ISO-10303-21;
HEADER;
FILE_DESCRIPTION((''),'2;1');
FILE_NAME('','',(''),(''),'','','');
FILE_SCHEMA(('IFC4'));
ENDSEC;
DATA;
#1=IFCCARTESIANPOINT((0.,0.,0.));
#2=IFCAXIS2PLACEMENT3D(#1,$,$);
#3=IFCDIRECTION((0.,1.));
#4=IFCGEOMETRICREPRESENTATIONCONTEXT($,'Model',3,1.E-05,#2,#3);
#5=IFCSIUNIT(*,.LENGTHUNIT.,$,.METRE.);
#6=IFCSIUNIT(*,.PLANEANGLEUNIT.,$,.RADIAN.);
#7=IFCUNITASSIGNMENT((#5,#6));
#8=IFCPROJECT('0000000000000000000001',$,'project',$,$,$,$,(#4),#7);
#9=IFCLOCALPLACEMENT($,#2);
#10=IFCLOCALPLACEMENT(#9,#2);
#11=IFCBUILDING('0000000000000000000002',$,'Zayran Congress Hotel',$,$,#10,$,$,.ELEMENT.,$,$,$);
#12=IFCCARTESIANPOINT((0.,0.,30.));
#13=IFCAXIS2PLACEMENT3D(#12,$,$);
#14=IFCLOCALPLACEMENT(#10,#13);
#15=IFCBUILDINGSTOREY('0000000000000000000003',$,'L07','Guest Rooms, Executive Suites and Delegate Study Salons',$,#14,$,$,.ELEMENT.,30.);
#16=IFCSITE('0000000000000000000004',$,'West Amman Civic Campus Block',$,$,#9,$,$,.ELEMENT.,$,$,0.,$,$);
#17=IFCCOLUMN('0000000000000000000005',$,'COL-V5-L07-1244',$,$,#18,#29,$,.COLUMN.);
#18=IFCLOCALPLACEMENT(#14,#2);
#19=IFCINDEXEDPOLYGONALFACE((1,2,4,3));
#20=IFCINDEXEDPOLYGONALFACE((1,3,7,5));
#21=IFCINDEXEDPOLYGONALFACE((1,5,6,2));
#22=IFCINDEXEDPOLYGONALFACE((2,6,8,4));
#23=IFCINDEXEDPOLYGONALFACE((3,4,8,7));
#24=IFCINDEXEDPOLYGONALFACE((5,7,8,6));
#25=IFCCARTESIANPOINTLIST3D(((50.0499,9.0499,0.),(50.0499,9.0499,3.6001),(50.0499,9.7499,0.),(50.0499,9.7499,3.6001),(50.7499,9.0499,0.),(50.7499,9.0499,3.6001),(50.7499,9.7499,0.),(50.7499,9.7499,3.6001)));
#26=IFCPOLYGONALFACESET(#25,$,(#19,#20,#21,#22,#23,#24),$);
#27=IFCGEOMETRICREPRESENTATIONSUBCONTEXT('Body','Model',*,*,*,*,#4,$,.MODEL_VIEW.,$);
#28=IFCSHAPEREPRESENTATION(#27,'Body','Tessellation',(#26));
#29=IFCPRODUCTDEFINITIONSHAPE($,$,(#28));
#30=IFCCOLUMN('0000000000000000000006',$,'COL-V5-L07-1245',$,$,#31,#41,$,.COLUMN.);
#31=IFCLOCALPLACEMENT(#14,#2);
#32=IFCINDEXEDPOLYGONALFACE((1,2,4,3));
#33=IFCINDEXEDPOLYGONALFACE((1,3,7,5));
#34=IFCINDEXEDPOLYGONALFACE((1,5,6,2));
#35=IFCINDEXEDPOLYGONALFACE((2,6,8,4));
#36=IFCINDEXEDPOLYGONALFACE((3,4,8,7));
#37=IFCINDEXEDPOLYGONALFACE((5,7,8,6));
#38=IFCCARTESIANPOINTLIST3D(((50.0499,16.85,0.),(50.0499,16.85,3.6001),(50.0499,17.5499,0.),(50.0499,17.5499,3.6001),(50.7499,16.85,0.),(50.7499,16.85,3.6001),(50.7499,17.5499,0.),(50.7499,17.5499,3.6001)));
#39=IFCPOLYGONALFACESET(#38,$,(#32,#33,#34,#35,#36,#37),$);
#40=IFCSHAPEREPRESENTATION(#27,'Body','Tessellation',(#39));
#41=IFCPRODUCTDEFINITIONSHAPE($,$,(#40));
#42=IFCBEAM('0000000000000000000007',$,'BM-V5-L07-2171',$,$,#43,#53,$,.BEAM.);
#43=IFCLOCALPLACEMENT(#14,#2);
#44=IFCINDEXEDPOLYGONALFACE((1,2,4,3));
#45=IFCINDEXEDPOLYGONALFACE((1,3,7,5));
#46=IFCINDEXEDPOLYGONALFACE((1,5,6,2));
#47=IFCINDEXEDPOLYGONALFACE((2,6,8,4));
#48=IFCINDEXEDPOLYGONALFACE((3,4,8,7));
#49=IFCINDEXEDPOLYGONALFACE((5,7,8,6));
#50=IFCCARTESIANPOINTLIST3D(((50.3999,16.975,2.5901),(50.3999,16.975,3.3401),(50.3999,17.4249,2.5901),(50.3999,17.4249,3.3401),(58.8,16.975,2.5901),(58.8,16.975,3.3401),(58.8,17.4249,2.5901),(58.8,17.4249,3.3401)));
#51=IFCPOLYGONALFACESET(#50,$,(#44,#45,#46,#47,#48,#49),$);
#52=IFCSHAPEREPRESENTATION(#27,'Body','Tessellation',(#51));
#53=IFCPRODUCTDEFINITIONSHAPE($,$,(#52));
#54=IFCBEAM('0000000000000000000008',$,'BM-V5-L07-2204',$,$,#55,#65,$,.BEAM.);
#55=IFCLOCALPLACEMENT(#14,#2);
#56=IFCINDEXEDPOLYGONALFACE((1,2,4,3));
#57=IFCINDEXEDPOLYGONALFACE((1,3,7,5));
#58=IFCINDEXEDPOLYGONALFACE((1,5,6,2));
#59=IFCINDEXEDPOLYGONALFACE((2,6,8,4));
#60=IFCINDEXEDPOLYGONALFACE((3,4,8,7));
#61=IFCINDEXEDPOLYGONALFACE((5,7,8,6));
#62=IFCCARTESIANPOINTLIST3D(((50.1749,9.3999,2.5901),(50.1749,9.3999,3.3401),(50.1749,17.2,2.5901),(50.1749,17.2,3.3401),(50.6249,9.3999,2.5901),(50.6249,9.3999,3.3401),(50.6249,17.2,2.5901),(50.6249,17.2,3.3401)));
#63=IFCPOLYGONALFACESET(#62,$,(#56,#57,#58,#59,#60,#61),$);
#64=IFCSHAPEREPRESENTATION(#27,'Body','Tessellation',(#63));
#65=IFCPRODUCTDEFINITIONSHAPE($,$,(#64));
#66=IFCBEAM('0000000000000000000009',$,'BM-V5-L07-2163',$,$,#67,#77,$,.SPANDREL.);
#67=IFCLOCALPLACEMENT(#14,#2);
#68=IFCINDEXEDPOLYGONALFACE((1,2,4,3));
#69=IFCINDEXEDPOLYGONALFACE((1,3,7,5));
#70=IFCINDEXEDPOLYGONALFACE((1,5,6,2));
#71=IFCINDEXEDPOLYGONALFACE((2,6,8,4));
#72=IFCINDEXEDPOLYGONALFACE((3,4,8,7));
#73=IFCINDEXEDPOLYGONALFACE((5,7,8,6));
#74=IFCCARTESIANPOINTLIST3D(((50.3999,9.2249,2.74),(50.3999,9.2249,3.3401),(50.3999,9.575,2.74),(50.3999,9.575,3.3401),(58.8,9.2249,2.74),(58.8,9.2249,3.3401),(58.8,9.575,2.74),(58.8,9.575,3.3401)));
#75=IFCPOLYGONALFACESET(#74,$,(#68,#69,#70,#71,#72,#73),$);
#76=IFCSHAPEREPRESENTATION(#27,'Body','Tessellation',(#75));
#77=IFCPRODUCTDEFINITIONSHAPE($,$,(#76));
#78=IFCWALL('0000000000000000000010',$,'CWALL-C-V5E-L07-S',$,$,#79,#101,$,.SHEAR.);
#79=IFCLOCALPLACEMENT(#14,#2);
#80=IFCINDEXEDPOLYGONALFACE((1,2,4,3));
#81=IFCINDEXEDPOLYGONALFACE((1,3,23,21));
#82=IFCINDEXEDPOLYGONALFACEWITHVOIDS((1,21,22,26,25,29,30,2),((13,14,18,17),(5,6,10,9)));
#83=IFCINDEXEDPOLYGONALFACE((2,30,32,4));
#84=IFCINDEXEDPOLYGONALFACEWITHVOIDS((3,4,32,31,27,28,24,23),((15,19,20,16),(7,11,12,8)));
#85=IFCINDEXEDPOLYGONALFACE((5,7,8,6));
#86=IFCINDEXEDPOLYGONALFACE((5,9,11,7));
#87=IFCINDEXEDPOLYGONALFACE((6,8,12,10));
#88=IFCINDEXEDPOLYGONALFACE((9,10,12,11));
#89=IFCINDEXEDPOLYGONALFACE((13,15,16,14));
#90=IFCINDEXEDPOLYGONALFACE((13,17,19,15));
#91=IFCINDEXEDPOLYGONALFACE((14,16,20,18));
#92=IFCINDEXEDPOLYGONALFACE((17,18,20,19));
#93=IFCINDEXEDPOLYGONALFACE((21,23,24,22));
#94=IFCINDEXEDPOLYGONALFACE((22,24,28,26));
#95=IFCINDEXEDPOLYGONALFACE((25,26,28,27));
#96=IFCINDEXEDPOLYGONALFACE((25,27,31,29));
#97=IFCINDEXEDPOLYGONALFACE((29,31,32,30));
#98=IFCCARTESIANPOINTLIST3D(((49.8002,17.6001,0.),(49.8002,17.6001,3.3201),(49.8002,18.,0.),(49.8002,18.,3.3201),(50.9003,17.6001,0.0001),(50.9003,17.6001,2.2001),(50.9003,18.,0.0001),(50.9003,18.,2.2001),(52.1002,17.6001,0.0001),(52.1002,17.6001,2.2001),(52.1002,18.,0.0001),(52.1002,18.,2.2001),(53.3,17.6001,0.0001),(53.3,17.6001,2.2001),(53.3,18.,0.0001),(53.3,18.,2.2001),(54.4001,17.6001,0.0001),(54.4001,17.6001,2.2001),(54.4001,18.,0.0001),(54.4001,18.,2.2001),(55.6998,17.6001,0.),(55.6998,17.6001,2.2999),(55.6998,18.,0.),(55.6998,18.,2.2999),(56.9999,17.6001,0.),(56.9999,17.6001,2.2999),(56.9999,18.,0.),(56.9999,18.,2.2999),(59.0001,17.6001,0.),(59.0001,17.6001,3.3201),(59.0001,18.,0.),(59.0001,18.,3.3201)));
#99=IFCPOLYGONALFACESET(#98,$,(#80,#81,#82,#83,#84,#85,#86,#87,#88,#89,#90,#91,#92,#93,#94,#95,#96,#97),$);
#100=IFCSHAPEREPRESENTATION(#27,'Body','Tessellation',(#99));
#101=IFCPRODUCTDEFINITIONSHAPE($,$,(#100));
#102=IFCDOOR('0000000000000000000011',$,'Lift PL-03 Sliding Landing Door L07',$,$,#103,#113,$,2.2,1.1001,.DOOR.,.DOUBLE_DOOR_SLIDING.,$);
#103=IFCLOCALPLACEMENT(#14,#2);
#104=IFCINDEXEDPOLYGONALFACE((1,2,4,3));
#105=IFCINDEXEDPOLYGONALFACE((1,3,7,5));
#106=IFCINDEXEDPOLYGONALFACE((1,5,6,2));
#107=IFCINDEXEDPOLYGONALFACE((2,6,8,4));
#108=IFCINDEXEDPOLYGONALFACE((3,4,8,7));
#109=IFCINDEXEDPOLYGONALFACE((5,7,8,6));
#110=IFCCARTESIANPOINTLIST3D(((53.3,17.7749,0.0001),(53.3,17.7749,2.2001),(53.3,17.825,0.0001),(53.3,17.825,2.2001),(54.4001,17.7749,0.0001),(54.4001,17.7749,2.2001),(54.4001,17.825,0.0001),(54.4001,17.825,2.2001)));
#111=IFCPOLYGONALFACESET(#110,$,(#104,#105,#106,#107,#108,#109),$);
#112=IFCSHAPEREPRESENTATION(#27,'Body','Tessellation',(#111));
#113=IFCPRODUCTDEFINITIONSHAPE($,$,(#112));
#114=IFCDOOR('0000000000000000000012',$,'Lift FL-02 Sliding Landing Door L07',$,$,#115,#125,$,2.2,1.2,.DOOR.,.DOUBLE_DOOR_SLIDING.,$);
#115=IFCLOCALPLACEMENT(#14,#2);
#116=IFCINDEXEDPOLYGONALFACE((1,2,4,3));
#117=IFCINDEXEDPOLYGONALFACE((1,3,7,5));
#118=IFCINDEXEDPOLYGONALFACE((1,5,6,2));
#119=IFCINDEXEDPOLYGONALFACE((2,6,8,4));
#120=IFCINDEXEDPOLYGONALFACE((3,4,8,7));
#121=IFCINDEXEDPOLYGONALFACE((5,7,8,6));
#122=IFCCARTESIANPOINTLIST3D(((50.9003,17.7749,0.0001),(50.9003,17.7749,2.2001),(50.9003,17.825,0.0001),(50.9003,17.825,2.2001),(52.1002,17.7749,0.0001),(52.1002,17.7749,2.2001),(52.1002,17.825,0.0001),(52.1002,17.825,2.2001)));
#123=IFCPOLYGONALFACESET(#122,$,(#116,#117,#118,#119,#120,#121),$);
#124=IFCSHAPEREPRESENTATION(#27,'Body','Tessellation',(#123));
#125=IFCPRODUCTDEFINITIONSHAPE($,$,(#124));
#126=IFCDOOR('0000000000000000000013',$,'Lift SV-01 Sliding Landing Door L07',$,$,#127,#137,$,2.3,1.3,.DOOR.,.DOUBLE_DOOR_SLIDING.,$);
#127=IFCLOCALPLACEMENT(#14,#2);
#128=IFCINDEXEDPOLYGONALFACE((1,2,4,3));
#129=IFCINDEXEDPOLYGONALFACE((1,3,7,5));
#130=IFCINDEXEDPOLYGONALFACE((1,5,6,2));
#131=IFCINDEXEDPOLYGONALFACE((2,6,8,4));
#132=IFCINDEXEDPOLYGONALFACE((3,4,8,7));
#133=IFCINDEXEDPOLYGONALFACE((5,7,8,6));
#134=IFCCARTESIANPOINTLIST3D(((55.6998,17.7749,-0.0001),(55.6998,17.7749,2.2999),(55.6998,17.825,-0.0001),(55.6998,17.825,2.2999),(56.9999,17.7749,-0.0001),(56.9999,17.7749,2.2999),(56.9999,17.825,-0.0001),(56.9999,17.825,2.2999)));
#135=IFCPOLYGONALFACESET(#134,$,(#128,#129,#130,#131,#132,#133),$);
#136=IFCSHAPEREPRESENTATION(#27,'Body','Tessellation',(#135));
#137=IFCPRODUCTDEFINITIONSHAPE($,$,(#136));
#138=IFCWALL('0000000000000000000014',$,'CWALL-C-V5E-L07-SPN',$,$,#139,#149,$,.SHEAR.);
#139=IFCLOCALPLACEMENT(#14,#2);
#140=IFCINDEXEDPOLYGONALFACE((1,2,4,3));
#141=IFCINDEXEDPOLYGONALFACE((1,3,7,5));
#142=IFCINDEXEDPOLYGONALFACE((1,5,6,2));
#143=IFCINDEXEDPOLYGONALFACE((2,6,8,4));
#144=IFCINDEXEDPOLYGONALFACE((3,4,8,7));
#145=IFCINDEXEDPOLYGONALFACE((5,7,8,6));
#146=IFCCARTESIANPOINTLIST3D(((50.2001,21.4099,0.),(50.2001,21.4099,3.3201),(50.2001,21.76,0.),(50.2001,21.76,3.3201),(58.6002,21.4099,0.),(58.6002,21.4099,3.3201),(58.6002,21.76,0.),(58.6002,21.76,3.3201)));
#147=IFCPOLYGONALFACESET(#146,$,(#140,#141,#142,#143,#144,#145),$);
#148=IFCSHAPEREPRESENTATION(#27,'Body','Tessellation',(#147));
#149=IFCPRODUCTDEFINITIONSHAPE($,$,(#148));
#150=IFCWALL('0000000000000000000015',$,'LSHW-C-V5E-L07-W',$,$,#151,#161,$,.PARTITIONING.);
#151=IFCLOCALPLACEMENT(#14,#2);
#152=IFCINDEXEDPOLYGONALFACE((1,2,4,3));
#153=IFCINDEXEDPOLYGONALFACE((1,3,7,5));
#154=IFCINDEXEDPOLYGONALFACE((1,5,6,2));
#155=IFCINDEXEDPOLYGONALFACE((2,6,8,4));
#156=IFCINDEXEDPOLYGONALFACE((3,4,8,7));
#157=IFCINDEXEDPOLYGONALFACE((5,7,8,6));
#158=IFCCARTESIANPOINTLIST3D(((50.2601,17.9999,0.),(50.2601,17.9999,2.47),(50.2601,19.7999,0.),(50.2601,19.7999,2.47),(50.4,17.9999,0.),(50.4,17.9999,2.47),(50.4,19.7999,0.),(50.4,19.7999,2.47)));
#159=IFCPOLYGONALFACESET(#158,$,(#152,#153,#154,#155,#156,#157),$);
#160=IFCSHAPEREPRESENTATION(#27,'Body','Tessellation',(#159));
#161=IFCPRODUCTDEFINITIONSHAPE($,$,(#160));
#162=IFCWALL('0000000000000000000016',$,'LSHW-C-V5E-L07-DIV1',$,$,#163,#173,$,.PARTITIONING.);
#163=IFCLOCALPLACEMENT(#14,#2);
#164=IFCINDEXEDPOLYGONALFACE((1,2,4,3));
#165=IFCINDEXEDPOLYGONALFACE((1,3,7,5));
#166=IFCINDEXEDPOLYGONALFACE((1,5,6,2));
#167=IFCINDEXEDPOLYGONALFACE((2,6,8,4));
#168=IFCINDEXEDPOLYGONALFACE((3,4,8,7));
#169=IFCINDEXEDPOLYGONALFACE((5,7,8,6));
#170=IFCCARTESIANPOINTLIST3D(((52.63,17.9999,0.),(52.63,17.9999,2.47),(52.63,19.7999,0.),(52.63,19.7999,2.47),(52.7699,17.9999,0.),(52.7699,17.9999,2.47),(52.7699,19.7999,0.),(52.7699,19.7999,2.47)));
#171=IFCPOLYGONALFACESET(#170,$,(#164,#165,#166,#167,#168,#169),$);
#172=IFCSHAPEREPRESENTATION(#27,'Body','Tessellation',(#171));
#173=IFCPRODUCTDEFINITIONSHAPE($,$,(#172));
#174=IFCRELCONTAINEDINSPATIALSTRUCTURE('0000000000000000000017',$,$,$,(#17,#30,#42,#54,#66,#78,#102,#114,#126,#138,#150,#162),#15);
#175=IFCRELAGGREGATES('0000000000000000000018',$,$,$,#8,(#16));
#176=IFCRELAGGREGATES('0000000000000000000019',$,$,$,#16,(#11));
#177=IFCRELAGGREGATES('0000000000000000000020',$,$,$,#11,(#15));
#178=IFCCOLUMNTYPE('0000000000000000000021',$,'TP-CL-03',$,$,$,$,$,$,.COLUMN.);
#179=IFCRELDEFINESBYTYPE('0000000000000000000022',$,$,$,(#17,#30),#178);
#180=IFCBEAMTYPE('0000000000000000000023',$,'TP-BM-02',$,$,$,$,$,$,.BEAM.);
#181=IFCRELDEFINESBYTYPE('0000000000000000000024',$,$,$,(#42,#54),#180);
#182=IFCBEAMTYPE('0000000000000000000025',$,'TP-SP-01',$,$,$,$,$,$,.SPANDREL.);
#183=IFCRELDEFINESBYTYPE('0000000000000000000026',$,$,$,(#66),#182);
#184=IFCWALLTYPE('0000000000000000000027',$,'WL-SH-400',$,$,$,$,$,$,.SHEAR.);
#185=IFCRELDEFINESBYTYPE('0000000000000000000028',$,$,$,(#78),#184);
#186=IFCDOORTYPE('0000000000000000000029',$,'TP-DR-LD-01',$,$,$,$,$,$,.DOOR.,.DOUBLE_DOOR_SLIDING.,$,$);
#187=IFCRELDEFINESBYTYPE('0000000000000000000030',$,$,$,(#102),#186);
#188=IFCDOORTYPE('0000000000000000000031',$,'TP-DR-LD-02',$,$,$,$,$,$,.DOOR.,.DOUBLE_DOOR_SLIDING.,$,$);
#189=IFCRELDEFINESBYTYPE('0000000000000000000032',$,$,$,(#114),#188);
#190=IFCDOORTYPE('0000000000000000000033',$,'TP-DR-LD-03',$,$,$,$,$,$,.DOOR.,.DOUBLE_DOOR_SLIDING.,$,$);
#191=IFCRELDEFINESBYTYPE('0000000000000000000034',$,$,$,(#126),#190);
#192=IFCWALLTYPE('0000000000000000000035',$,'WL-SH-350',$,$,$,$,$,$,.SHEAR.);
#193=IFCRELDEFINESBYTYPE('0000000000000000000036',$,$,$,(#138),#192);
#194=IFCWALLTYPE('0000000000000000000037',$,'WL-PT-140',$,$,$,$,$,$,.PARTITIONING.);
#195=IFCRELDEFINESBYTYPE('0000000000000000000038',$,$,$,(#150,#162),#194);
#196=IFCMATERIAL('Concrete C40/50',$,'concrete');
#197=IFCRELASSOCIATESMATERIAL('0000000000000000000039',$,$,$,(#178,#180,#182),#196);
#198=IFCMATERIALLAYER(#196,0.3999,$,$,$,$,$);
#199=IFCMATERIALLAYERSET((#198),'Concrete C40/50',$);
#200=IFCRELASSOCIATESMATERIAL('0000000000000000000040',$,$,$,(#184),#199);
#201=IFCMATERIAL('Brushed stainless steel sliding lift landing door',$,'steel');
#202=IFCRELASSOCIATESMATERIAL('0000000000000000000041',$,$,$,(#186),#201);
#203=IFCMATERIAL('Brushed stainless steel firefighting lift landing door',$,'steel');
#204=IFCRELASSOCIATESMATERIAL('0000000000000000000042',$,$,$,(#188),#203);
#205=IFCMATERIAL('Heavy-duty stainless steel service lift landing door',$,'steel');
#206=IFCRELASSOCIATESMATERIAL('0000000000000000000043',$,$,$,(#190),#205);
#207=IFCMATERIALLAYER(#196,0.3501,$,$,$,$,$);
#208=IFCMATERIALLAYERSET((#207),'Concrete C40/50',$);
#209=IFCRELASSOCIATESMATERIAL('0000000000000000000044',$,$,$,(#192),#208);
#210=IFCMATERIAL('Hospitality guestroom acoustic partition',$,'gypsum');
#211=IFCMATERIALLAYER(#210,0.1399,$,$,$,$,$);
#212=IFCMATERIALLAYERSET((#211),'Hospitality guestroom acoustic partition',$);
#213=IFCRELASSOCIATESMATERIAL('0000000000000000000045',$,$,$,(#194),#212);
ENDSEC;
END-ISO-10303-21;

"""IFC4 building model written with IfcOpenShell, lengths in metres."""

from ifc_helpers import new_model, si_unit, direction, frame, frame_2d, origin, origin_2d, place, context, subcontext, project, spatial, rectangle, extrude, material, layer, layer_set, material_profile, profile_set, type_object, element, fill, save


model = new_model("IFC4")

# Units and contexts
model_context = context("Model", 3, precision=1e-05, world=origin(), true_north=direction((0.0, 1.0)))
body_context = subcontext(model_context, "Body", "Model", "MODEL_VIEW")
ifc_project = project(units=[si_unit("LENGTHUNIT", "METRE"), si_unit("PLANEANGLEUNIT", "RADIAN")], contexts=[model_context])

# Site, building, storey
site_placement = place(None, origin())
site = spatial("IfcSite", under=ifc_project, at=site_placement, Name="West Amman Civic Campus Block", CompositionType="ELEMENT", RefElevation=0.0)
building_placement = place(site_placement, origin())
building = spatial("IfcBuilding", under=site, at=building_placement, Name="Zayran Congress Hotel", CompositionType="ELEMENT")
storey_placement = place(building_placement, frame((0.0, 0.0, 30.0)))
storey = spatial("IfcBuildingStorey", under=building, at=storey_placement, Name="L07", Description="Guest Rooms, Executive Suites and Delegate Study Salons", CompositionType="ELEMENT", Elevation=30.0)

# Columns
ifc_material_1 = material(Name="Concrete C40/50", Category="concrete")
ifc_material_profile_1 = material_profile(ifc_material_1, rectangle(XDim=0.7, YDim=0.7, at=origin_2d()), Name="RC 700x700")
ifc_profile_set_1 = profile_set([ifc_material_profile_1], Name="Concrete C40/50")
column_type = type_object("IfcColumnType", Name="TP-CL-03", PredefinedType="COLUMN", material=ifc_profile_set_1)
for number, where, z_axis, x_axis, name in (
    (1, (50.3999, 9.3999, 0.0), (0.0, 0.0, 1.0), (1.0, 0.0, 0.0), "COL-V5-L07-1244"),
    (2, (50.3999, 17.2, 0.0), (0.0, 0.0, 1.0), (1.0, 0.0, 0.0), "COL-V5-L07-1245"),
):
    element("IfcColumn", number, at=place(storey_placement, frame(where, z_axis=z_axis, x_axis=x_axis)), inside=storey, type_object=column_type, Name=name, PredefinedType="COLUMN", context=body_context, shape_type="SweptSolid", body=[
        extrude(rectangle(XDim=0.7, YDim=0.7, at=origin_2d()), origin(), (0.0, 0.0, 1.0), 3.6001),
    ])

# Beams
ifc_material_profile_2 = material_profile(ifc_material_1, rectangle(XDim=0.45, YDim=0.75, at=origin_2d()), Name="RC 450x750")
ifc_profile_set_2 = profile_set([ifc_material_profile_2], Name="Concrete C40/50")
beam_type_1 = type_object("IfcBeamType", Name="TP-BM-02", PredefinedType="BEAM", material=ifc_profile_set_2)
beam_1_placement = place(storey_placement, frame((50.3999, 17.2, 2.9651), z_axis=(1.0, 0.0, 0.0), x_axis=(0.0, 1.0, 0.0)))
element("IfcBeam", 3, at=beam_1_placement, inside=storey, type_object=beam_type_1, Name="BM-V5-L07-2171", PredefinedType="BEAM", context=body_context, shape_type="SweptSolid", body=[
    extrude(rectangle(XDim=0.45, YDim=0.75, at=origin_2d()), origin(), (0.0, 0.0, 1.0), 8.4001),
])
beam_2_placement = place(storey_placement, frame((50.3999, 9.3999, 2.9651), z_axis=(0.0, 1.0, 0.0), x_axis=(-1.0, 0.0, 0.0)))
element("IfcBeam", 4, at=beam_2_placement, inside=storey, type_object=beam_type_1, Name="BM-V5-L07-2204", PredefinedType="BEAM", context=body_context, shape_type="SweptSolid", body=[
    extrude(rectangle(XDim=0.45, YDim=0.75, at=origin_2d()), origin(), (0.0, 0.0, 1.0), 7.8),
])
ifc_material_profile_3 = material_profile(ifc_material_1, rectangle(XDim=0.3501, YDim=0.6001, at=origin_2d()), Name="RC 350x600")
ifc_profile_set_3 = profile_set([ifc_material_profile_3], Name="Concrete C40/50")
beam_type_2 = type_object("IfcBeamType", Name="TP-SP-01", PredefinedType="SPANDREL", material=ifc_profile_set_3)
beam_3_placement = place(storey_placement, frame((50.3999, 9.3999, 3.04), z_axis=(1.0, 0.0, 0.0), x_axis=(0.0, 1.0, 0.0)))
element("IfcBeam", 5, at=beam_3_placement, inside=storey, type_object=beam_type_2, Name="BM-V5-L07-2163", PredefinedType="SPANDREL", context=body_context, shape_type="SweptSolid", body=[
    extrude(rectangle(XDim=0.3501, YDim=0.6001, at=origin_2d()), origin(), (0.0, 0.0, 1.0), 8.4001),
])

# Wall, openings, doors
ifc_layer_1 = layer(ifc_material_1, 0.3999)
ifc_layer_set_1 = layer_set([ifc_layer_1], Name="Concrete C40/50")
wall_type_1 = type_object("IfcWallType", Name="WL-SH-400", PredefinedType="SHEAR", material=ifc_layer_set_1)
wall_1_placement = place(storey_placement, frame((49.8, 17.8, 0.0), z_axis=(0.0, 0.0, 1.0), x_axis=(1.0, 0.0, 0.0)))
wall_1 = element("IfcWall", 6, at=wall_1_placement, inside=storey, type_object=wall_type_1, Name="CWALL-C-V5E-L07-S", PredefinedType="SHEAR", context=body_context, shape_type="SweptSolid", body=[
    extrude(rectangle(XDim=9.2, YDim=0.3999, at=frame_2d((4.6001, 0.0))), origin(), (0.0, 0.0, 1.0), 3.3201),
])
opening_1_placement = place(wall_1_placement, frame((1.1001, 0.0, 0.0)))
opening_1 = element("IfcOpeningElement", 7, at=opening_1_placement, cuts=wall_1, PredefinedType="OPENING", context=body_context, shape_type="SweptSolid", body=[
    extrude(rectangle(XDim=1.2, YDim=2.2, at=frame_2d((0.6001, 1.1001))), frame((0.0, 0.21, 0.0), z_axis=(0.0, -1.0, 0.0), x_axis=(1.0, 0.0, 0.0)), (0.0, 0.0, 1.0), 0.4199),
])
opening_2_placement = place(wall_1_placement, frame((3.5, 0.0, 0.0)))
opening_2 = element("IfcOpeningElement", 8, at=opening_2_placement, cuts=wall_1, PredefinedType="OPENING", context=body_context, shape_type="SweptSolid", body=[
    extrude(rectangle(XDim=1.1001, YDim=2.2, at=frame_2d((0.55, 1.1001))), frame((0.0, 0.21, 0.0), z_axis=(0.0, -1.0, 0.0), x_axis=(1.0, 0.0, 0.0)), (0.0, 0.0, 1.0), 0.4199),
])
opening_3_placement = place(wall_1_placement, frame((5.8999, 0.0, 0.0)))
opening_3 = element("IfcOpeningElement", 9, at=opening_3_placement, cuts=wall_1, PredefinedType="OPENING", context=body_context, shape_type="SweptSolid", body=[
    extrude(rectangle(XDim=1.3, YDim=2.3, at=frame_2d((0.6499, 1.1499))), frame((0.0, 0.21, 0.0), z_axis=(0.0, -1.0, 0.0), x_axis=(1.0, 0.0, 0.0)), (0.0, 0.0, 1.0), 0.4199),
])
ifc_material_2 = material(Name="Brushed stainless steel sliding lift landing door", Category="steel")
door_type_1 = type_object("IfcDoorType", Name="TP-DR-LD-01", OperationType="DOUBLE_DOOR_SLIDING", PredefinedType="DOOR", material=ifc_material_2)
door_1_placement = place(opening_2_placement, origin())
door_1 = element("IfcDoor", 10, at=door_1_placement, inside=storey, type_object=door_type_1, Name="Lift PL-03 Sliding Landing Door L07", OperationType="DOUBLE_DOOR_SLIDING", OverallHeight=2.2, OverallWidth=1.1001, PredefinedType="DOOR", context=body_context, shape_type="SweptSolid", body=[
    extrude(rectangle(XDim=1.1001, YDim=2.2, at=frame_2d((0.55, 1.1001))), frame((0.0, 0.0249, 0.0), z_axis=(0.0, -1.0, 0.0), x_axis=(1.0, 0.0, 0.0)), (0.0, 0.0, 1.0), 0.05),
])
fill(opening_2, door_1)
ifc_material_3 = material(Name="Brushed stainless steel firefighting lift landing door", Category="steel")
door_type_2 = type_object("IfcDoorType", Name="TP-DR-LD-02", OperationType="DOUBLE_DOOR_SLIDING", PredefinedType="DOOR", material=ifc_material_3)
door_2_placement = place(opening_1_placement, origin())
door_2 = element("IfcDoor", 11, at=door_2_placement, inside=storey, type_object=door_type_2, Name="Lift FL-02 Sliding Landing Door L07", OperationType="DOUBLE_DOOR_SLIDING", OverallHeight=2.2, OverallWidth=1.2, PredefinedType="DOOR", context=body_context, shape_type="SweptSolid", body=[
    extrude(rectangle(XDim=1.2, YDim=2.2, at=frame_2d((0.6001, 1.1001))), frame((0.0, 0.0249, 0.0), z_axis=(0.0, -1.0, 0.0), x_axis=(1.0, 0.0, 0.0)), (0.0, 0.0, 1.0), 0.05),
])
fill(opening_1, door_2)
ifc_material_4 = material(Name="Heavy-duty stainless steel service lift landing door", Category="steel")
door_type_3 = type_object("IfcDoorType", Name="TP-DR-LD-03", OperationType="DOUBLE_DOOR_SLIDING", PredefinedType="DOOR", material=ifc_material_4)
door_3_placement = place(opening_3_placement, origin())
door_3 = element("IfcDoor", 12, at=door_3_placement, inside=storey, type_object=door_type_3, Name="Lift SV-01 Sliding Landing Door L07", OperationType="DOUBLE_DOOR_SLIDING", OverallHeight=2.3, OverallWidth=1.3, PredefinedType="DOOR", context=body_context, shape_type="SweptSolid", body=[
    extrude(rectangle(XDim=1.3, YDim=2.3, at=frame_2d((0.6499, 1.1499))), frame((0.0, 0.0249, 0.0), z_axis=(0.0, -1.0, 0.0), x_axis=(1.0, 0.0, 0.0)), (0.0, 0.0, 1.0), 0.05),
])
fill(opening_3, door_3)

# Walls
ifc_layer_2 = layer(ifc_material_1, 0.3501)
ifc_layer_set_2 = layer_set([ifc_layer_2], Name="Concrete C40/50")
wall_type_2 = type_object("IfcWallType", Name="WL-SH-350", PredefinedType="SHEAR", material=ifc_layer_set_2)
wall_2_placement = place(storey_placement, frame((50.2, 21.585, 0.0), z_axis=(0.0, 0.0, 1.0), x_axis=(1.0, 0.0, 0.0)))
element("IfcWall", 13, at=wall_2_placement, inside=storey, type_object=wall_type_2, Name="CWALL-C-V5E-L07-SPN", PredefinedType="SHEAR", context=body_context, shape_type="SweptSolid", body=[
    extrude(rectangle(XDim=8.4001, YDim=0.3501, at=frame_2d((4.2002, 0.0))), origin(), (0.0, 0.0, 1.0), 3.3201),
])
ifc_material_5 = material(Name="Hospitality guestroom acoustic partition", Category="gypsum")
ifc_layer_3 = layer(ifc_material_5, 0.1399)
ifc_layer_set_3 = layer_set([ifc_layer_3], Name="Hospitality guestroom acoustic partition")
wall_type_3 = type_object("IfcWallType", Name="WL-PT-140", PredefinedType="PARTITIONING", material=ifc_layer_set_3)
for number, where, z_axis, x_axis, name in (
    (14, (50.3301, 18.0, 0.0), (0.0, 0.0, 1.0), (0.0, 1.0, 0.0), "LSHW-C-V5E-L07-W"),
    (15, (52.7, 18.0, 0.0), (0.0, 0.0, 1.0), (0.0, 1.0, 0.0), "LSHW-C-V5E-L07-DIV1"),
):
    element("IfcWall", number, at=place(storey_placement, frame(where, z_axis=z_axis, x_axis=x_axis)), inside=storey, type_object=wall_type_3, Name=name, PredefinedType="PARTITIONING", context=body_context, shape_type="SweptSolid", body=[
        extrude(rectangle(XDim=1.8, YDim=0.1399, at=frame_2d((0.8999, 0.0))), origin(), (0.0, 0.0, 1.0), 2.47),
    ])

save(model, "model.ifc")
